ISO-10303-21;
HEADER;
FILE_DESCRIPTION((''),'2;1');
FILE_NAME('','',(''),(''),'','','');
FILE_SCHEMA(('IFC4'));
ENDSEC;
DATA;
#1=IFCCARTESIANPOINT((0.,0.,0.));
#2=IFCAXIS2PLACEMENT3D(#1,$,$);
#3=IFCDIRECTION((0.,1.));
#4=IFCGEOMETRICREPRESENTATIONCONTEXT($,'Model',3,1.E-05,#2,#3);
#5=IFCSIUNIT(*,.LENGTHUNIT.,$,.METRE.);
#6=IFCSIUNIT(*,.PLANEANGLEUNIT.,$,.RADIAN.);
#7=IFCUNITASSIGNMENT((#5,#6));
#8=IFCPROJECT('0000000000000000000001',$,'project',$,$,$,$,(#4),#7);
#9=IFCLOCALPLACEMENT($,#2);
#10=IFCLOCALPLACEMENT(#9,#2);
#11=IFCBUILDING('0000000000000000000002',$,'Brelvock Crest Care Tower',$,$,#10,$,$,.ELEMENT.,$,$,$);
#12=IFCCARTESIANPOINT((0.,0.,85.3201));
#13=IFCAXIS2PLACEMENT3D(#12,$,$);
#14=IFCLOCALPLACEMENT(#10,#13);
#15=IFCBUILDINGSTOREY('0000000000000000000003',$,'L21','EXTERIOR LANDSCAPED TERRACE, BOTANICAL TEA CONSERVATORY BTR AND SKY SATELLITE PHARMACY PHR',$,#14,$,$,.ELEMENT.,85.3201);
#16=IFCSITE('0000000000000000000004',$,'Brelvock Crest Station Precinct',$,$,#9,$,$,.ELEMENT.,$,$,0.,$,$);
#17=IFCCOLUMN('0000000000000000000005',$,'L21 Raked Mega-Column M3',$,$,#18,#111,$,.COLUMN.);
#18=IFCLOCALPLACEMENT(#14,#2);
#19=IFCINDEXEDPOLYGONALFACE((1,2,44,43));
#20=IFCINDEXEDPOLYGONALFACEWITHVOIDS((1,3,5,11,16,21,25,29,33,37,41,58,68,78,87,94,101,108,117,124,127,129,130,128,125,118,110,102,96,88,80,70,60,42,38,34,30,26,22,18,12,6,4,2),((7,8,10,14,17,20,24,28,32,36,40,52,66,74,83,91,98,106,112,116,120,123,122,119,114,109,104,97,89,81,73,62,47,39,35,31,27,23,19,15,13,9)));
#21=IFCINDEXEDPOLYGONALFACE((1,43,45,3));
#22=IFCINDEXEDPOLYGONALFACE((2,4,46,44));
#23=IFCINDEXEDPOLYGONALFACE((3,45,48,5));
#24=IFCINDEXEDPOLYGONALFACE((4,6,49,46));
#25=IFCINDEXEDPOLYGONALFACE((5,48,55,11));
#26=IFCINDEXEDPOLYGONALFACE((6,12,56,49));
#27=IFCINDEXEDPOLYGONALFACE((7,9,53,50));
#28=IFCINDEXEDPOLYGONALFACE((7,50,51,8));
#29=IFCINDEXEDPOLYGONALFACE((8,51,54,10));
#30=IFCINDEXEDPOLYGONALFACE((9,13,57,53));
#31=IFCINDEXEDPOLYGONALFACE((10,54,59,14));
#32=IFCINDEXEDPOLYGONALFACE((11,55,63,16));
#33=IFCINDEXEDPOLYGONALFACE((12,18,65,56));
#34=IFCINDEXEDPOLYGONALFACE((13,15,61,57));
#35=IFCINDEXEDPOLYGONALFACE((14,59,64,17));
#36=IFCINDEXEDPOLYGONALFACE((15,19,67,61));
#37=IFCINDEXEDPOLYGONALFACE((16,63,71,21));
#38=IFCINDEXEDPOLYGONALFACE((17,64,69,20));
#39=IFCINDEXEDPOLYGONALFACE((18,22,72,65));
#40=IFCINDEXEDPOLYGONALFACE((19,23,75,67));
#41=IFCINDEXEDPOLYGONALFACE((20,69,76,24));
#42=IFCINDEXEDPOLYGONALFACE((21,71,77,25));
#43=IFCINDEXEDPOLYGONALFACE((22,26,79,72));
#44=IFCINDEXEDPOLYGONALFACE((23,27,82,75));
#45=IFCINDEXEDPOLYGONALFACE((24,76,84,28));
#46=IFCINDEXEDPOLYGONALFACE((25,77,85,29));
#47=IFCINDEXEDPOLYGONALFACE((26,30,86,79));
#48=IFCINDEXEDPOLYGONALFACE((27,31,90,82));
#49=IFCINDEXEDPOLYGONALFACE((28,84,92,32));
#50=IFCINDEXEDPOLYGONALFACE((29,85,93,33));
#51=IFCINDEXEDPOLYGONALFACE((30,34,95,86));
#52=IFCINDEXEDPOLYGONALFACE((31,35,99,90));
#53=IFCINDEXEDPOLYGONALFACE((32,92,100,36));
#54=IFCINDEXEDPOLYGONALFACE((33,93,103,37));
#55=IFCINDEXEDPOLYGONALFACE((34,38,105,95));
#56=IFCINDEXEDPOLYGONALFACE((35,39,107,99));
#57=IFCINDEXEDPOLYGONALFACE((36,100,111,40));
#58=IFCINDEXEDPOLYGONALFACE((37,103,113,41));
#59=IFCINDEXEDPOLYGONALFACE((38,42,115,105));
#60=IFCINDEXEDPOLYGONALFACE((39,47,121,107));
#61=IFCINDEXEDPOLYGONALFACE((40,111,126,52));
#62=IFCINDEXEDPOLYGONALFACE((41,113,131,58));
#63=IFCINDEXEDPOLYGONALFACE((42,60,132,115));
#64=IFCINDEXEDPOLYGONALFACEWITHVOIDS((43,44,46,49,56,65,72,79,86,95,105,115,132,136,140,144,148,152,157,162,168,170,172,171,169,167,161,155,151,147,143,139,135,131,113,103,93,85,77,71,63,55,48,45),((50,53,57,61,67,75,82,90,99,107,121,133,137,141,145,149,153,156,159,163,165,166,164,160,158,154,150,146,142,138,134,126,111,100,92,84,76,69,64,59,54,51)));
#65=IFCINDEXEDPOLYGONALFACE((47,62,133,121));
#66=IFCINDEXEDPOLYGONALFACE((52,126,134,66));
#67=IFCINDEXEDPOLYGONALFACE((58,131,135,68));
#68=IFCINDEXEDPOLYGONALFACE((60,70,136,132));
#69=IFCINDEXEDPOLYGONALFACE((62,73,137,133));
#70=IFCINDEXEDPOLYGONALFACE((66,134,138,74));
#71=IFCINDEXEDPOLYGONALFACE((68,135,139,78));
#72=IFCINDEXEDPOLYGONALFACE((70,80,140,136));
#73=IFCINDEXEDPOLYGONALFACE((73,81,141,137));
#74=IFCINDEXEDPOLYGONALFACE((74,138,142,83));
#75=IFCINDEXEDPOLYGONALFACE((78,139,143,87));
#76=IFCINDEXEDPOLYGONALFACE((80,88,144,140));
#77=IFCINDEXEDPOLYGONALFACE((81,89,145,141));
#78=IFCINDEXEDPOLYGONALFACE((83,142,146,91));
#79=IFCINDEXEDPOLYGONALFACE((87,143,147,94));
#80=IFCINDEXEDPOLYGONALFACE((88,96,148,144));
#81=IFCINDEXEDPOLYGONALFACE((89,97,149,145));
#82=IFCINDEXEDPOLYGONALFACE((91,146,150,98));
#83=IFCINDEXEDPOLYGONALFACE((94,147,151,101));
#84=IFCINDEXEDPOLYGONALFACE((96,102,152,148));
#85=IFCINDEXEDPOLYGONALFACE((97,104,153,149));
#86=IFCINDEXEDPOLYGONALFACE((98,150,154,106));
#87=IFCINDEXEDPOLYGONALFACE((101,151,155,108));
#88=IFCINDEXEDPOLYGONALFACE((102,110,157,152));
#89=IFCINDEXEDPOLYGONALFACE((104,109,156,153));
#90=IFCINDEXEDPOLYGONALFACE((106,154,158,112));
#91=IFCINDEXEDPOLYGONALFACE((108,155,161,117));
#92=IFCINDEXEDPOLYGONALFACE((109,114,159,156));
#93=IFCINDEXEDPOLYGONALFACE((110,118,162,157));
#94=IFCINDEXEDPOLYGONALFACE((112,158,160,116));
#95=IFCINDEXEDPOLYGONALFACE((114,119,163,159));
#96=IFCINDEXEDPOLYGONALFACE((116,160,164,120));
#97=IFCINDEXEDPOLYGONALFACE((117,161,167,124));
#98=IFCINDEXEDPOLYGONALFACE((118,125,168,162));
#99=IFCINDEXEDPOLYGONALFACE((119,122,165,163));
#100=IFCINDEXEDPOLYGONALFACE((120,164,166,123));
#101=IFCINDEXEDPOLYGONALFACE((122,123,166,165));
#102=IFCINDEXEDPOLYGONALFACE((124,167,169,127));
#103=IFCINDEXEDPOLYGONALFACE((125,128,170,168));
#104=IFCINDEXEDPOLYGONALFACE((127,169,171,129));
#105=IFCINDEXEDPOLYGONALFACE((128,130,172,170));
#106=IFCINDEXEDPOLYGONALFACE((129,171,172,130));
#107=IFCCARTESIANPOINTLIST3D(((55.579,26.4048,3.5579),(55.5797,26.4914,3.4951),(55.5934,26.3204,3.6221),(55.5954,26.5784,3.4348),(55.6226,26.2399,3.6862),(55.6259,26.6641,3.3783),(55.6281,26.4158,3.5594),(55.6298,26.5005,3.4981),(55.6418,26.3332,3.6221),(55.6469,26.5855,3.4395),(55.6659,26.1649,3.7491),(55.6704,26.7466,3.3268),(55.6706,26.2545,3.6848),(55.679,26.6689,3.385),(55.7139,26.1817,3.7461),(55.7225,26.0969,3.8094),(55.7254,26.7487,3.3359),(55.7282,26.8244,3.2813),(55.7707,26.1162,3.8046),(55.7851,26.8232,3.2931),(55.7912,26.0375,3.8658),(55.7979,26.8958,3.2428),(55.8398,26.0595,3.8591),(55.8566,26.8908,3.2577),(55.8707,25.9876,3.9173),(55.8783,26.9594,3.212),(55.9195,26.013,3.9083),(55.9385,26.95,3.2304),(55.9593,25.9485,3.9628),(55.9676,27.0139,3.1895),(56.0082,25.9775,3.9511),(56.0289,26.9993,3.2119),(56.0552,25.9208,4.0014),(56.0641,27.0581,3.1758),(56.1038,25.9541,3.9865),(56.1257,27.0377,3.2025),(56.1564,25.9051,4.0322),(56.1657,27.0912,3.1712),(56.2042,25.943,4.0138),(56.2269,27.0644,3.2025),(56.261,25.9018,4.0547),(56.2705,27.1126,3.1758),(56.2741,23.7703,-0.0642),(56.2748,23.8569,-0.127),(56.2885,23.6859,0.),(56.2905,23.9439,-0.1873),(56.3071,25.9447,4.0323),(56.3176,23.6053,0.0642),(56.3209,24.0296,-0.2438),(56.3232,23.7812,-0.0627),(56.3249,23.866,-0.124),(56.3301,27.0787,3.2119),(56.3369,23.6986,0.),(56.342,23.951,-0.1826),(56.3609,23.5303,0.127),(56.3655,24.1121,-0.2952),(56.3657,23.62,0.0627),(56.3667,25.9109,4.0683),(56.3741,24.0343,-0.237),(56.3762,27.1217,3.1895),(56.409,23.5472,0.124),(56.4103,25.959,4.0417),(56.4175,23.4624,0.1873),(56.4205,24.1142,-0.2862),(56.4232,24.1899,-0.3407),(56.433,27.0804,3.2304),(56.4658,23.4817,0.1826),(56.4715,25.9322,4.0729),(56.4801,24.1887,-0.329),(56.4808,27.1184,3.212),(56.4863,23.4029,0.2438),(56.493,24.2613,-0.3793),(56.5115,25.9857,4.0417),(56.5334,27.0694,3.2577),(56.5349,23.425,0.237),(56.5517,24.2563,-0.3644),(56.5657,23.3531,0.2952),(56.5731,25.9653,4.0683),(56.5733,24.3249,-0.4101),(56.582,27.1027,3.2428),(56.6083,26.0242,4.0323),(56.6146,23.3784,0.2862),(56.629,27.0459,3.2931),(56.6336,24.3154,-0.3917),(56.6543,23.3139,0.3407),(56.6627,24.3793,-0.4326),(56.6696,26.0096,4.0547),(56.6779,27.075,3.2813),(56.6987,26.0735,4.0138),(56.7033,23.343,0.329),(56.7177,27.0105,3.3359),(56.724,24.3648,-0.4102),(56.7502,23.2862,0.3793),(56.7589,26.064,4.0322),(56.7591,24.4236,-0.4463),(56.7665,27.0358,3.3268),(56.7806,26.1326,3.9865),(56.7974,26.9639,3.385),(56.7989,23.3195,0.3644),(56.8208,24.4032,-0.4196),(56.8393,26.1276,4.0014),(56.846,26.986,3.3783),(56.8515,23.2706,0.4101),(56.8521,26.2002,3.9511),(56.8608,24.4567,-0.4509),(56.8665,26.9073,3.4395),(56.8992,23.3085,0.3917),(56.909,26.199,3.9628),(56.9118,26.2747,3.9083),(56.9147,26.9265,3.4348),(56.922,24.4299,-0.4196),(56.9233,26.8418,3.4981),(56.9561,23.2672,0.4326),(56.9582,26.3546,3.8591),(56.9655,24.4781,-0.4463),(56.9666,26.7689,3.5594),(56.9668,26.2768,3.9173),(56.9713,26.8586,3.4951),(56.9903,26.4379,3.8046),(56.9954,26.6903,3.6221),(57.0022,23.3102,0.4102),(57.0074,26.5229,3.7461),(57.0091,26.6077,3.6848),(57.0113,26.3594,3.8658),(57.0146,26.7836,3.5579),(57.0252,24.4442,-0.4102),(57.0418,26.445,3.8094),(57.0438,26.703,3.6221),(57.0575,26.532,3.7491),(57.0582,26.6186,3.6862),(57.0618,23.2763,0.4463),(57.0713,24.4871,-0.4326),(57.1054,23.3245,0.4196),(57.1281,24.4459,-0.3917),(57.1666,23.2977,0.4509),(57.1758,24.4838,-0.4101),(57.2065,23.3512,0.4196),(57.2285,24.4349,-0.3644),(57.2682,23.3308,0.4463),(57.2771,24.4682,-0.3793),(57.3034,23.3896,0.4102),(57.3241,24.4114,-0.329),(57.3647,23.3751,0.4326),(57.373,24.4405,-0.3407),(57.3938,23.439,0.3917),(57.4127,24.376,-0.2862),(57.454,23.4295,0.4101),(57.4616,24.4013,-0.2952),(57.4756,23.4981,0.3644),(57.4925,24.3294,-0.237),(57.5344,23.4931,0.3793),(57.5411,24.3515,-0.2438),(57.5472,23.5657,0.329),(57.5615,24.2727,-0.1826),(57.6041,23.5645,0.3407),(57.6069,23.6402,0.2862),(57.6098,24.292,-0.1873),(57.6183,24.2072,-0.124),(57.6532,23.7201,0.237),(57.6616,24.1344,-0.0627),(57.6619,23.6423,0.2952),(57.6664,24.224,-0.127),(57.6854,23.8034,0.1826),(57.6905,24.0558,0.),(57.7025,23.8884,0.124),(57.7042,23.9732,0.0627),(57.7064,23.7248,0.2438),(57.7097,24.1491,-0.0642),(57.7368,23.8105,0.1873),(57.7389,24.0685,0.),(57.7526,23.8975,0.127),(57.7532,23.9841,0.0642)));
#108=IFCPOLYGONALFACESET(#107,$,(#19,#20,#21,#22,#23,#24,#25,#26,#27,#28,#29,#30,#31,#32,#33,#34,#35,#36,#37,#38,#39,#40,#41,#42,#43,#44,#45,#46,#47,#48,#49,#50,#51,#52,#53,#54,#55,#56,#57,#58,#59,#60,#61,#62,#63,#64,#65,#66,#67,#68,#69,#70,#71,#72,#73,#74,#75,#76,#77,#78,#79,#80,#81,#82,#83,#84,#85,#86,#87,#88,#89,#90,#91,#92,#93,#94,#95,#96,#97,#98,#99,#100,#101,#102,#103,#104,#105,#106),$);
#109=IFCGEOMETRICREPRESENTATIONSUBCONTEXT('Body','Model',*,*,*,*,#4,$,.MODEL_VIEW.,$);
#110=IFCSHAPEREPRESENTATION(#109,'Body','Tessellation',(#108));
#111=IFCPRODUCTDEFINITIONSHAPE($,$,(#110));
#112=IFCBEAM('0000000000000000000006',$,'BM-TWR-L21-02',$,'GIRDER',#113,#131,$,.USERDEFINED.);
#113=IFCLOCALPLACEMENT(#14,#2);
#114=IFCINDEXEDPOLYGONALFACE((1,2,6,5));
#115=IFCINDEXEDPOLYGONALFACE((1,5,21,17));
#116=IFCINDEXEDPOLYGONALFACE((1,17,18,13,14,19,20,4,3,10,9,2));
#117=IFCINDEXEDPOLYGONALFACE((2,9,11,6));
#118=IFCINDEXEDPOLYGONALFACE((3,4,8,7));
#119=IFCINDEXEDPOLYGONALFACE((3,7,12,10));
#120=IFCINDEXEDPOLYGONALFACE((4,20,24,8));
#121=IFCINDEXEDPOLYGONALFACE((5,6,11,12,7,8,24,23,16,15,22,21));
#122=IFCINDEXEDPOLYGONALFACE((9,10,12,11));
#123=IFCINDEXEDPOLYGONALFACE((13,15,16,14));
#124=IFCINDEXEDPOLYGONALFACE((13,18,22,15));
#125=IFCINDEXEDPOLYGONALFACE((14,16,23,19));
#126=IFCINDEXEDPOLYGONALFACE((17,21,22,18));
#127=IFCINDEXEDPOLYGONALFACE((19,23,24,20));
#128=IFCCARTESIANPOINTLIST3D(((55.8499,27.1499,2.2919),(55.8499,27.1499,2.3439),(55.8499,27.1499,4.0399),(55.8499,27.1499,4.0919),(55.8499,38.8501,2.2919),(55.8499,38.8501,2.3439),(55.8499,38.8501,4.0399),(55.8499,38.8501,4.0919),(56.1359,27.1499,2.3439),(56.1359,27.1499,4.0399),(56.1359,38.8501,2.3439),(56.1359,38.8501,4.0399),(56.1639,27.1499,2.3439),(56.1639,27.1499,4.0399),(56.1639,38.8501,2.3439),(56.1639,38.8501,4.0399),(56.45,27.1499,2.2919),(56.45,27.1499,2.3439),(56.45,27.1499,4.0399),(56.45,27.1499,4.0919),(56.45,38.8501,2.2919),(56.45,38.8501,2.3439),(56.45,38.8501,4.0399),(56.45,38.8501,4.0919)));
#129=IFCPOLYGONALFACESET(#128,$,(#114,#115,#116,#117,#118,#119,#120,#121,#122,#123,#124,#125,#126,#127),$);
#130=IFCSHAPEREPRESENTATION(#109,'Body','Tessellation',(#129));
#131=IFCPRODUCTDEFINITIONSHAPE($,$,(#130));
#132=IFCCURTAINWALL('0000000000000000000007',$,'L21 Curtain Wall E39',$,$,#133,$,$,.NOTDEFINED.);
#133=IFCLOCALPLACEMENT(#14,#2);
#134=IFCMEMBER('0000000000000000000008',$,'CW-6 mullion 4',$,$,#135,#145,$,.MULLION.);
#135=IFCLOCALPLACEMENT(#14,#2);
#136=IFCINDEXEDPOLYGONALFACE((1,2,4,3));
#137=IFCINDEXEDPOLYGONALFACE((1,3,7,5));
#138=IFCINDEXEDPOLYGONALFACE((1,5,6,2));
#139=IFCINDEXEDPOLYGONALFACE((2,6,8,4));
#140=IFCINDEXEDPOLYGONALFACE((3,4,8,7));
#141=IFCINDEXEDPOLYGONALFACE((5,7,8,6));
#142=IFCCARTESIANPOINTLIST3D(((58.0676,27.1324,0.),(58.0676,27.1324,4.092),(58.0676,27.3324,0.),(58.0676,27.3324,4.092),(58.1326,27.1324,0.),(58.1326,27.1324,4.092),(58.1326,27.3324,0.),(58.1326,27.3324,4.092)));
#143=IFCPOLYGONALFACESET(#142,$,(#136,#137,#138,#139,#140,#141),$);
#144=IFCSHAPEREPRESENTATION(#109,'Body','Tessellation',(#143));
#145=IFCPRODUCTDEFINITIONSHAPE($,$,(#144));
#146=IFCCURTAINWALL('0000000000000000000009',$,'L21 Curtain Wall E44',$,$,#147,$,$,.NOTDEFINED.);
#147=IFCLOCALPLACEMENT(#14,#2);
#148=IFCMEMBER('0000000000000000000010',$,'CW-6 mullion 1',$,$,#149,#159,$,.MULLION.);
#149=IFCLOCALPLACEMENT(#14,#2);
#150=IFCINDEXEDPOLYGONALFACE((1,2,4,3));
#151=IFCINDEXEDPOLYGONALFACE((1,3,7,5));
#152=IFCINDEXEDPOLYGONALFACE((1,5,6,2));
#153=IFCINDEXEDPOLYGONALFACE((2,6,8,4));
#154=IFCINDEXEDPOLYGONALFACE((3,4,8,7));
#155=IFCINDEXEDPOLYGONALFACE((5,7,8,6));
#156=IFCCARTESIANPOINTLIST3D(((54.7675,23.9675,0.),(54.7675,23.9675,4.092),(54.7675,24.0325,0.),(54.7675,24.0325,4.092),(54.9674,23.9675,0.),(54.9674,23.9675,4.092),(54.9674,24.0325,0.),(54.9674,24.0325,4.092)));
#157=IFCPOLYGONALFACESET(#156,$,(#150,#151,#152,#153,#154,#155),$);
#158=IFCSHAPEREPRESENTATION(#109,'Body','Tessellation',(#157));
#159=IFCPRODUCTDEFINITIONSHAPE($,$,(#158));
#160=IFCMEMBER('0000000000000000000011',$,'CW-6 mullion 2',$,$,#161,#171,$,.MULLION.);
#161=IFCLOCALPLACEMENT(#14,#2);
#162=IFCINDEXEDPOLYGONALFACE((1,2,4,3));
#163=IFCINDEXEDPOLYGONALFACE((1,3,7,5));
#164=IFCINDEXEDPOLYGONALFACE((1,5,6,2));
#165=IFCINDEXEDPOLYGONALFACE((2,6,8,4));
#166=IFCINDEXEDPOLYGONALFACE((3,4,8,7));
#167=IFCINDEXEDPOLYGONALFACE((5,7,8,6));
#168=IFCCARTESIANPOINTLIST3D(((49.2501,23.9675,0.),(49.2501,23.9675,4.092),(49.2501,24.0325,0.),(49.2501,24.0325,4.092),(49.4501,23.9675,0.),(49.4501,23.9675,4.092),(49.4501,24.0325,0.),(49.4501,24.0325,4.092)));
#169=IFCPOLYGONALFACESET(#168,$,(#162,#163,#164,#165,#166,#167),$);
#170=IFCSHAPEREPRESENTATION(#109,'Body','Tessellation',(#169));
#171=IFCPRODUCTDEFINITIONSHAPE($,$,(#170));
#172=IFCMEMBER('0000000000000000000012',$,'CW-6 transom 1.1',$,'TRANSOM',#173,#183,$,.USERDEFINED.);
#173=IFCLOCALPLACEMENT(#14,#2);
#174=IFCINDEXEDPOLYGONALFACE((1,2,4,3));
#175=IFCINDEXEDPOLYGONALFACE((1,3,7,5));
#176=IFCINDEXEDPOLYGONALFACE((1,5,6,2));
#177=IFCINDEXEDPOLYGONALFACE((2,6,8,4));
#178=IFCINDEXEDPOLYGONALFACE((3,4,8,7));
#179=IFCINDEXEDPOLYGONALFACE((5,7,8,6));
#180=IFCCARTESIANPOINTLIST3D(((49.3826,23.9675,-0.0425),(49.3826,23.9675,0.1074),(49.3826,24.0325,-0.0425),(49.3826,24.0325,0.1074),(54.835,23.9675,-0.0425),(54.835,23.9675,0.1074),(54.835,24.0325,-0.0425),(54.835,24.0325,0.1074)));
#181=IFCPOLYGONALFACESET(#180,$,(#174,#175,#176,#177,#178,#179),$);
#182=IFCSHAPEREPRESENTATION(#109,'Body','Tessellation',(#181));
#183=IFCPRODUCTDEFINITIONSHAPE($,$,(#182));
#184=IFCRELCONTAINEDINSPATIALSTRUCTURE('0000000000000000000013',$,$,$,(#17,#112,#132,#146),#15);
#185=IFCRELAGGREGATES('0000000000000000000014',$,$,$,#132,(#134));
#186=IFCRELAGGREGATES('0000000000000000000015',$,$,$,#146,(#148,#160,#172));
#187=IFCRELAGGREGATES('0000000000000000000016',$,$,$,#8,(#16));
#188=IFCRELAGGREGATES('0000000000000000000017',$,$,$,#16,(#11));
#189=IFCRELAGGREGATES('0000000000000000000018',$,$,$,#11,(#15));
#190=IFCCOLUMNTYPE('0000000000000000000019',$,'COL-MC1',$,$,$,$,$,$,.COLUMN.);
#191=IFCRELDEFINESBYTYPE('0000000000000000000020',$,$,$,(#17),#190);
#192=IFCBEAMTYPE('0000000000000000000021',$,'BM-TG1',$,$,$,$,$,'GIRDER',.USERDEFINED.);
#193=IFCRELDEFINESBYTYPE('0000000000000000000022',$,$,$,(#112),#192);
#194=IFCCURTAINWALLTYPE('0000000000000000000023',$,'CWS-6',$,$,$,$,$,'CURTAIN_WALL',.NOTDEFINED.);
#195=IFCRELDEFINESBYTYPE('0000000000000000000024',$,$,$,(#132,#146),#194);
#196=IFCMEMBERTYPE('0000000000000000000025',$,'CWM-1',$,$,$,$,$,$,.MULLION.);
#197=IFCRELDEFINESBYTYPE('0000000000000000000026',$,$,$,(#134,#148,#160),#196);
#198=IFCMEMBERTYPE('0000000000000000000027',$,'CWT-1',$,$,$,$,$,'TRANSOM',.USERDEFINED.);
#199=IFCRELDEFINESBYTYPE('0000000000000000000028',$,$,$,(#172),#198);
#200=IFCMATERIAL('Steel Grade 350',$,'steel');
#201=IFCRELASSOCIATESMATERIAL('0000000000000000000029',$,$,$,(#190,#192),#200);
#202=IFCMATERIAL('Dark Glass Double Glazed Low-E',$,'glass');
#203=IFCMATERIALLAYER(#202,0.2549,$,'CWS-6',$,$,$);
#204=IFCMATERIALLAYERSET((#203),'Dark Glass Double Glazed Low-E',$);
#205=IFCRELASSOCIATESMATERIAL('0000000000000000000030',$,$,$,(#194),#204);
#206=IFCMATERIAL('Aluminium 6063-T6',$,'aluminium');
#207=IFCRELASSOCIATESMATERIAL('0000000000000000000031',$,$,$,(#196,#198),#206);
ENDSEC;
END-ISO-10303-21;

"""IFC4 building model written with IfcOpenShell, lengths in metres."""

from ifc_helpers import new_model, si_unit, direction, frame, origin, origin_2d, place, context, subcontext, project, spatial, rectangle, hollow_circle, i_section, extrude, source, transform, mapped, material, layer, layer_set, material_profile, profile_set, type_object, element, aggregate, save


model = new_model("IFC4")

# Units and contexts
model_context = context("Model", 3, precision=1e-05, world=origin(), true_north=direction((0.0, 1.0)))
body_context = subcontext(model_context, "Body", "Model", "MODEL_VIEW")
ifc_project = project(units=[si_unit("LENGTHUNIT", "METRE"), si_unit("PLANEANGLEUNIT", "RADIAN")], contexts=[model_context])

# Site, building, storey
site_placement = place(None, origin())
site = spatial("IfcSite", under=ifc_project, at=site_placement, Name="Brelvock Crest Station Precinct", CompositionType="ELEMENT", RefElevation=0.0)
building_placement = place(site_placement, origin())
building = spatial("IfcBuilding", under=site, at=building_placement, Name="Brelvock Crest Care Tower", CompositionType="ELEMENT")
storey_placement = place(building_placement, frame((0.0, 0.0, 85.3201)))
storey = spatial("IfcBuildingStorey", under=building, at=storey_placement, Name="L21", Description="EXTERIOR LANDSCAPED TERRACE, BOTANICAL TEA CONSERVATORY BTR AND SKY SATELLITE PHARMACY PHR", CompositionType="ELEMENT", Elevation=85.3201)

# Column
ifc_material_1 = material(Name="Steel Grade 350", Category="steel")
ifc_material_profile_1 = material_profile(ifc_material_1, hollow_circle(Radius=0.75, WallThickness=0.05, at=origin_2d()), Name="CFT1500x50")
ifc_profile_set_1 = profile_set([ifc_material_profile_1], Name="Steel Grade 350")
column_type = type_object("IfcColumnType", Name="COL-MC1", PredefinedType="COLUMN", material=ifc_profile_set_1)
shared_shape_1 = source(origin(), body_context, "Body", "SweptSolid", [
    extrude(hollow_circle(Radius=0.75, WallThickness=0.05, at=origin_2d()), origin(), (0.0, 0.0, 1.0), 4.5325),
])
column_placement = place(storey_placement, frame((57.0137, 23.8772, 0.0), z_axis=(-0.153353, 0.581256, 0.79914), x_axis=(-0.966914, -0.255102, 0.0)))
element("IfcColumn", 1, at=column_placement, inside=storey, type_object=column_type, Name="L21 Raked Mega-Column M3", PredefinedType="COLUMN", context=body_context, shape_type="MappedRepresentation", body=[
    mapped(shared_shape_1, transform((0.0, 0.0, 0.0), x_axis=(1.0, 0.0, 0.0), y_axis=(0.0, 1.0, 0.0), z_axis=(0.0, 0.0, 1.0), scale=1.0)),
])

# Beam
ifc_material_profile_2 = material_profile(ifc_material_1, i_section(OverallWidth=0.6001, OverallDepth=1.8, WebThickness=0.0281, FlangeThickness=0.052, at=origin_2d()), Name="1800TG740")
ifc_profile_set_2 = profile_set([ifc_material_profile_2], Name="Steel Grade 350")
beam_type = type_object("IfcBeamType", Name="BM-TG1", ElementType="GIRDER", PredefinedType="USERDEFINED", material=ifc_profile_set_2)
shared_shape_2 = source(origin(), body_context, "Body", "SweptSolid", [
    extrude(i_section(OverallWidth=0.6001, OverallDepth=1.8, WebThickness=0.0281, FlangeThickness=0.052, at=origin_2d()), origin(), (0.0, 0.0, 1.0), 11.7002),
])
beam_placement = place(storey_placement, frame((56.1499, 27.1499, 3.1919), z_axis=(0.0, 1.0, 0.0), x_axis=(-1.0, 0.0, 0.0)))
element("IfcBeam", 2, at=beam_placement, inside=storey, type_object=beam_type, Name="BM-TWR-L21-02", ObjectType="GIRDER", PredefinedType="USERDEFINED", context=body_context, shape_type="MappedRepresentation", body=[
    mapped(shared_shape_2, transform((0.0, 0.0, 0.0), x_axis=(1.0, 0.0, 0.0), y_axis=(0.0, 1.0, 0.0), z_axis=(0.0, 0.0, 1.0), scale=1.0)),
])

# Curtain wall, member
ifc_material_2 = material(Name="Dark Glass Double Glazed Low-E", Category="glass")
ifc_layer_1 = layer(ifc_material_2, 0.2549, Name="CWS-6")
ifc_layer_set_1 = layer_set([ifc_layer_1], Name="Dark Glass Double Glazed Low-E")
curtain_wall_type = type_object("IfcCurtainWallType", Name="CWS-6", ElementType="CURTAIN_WALL", PredefinedType="NOTDEFINED", material=ifc_layer_set_1)
curtain_wall_1_placement = place(storey_placement, origin())
curtain_wall_1 = element("IfcCurtainWall", 3, at=curtain_wall_1_placement, inside=storey, type_object=curtain_wall_type, Name="L21 Curtain Wall E39", PredefinedType="NOTDEFINED")
ifc_material_3 = material(Name="Aluminium 6063-T6", Category="aluminium")
ifc_material_profile_3 = material_profile(ifc_material_3, rectangle(XDim=0.0649, YDim=0.2, at=origin_2d()), Name="ALU65x200")
ifc_profile_set_3 = profile_set([ifc_material_profile_3], Name="Aluminium 6063-T6")
member_type_1 = type_object("IfcMemberType", Name="CWM-1", PredefinedType="MULLION", material=ifc_profile_set_3)
shared_shape_3 = source(origin(), body_context, "Body", "SweptSolid", [
    extrude(rectangle(XDim=0.0649, YDim=0.2, at=origin_2d()), origin(), (0.0, 0.0, 1.0), 4.092),
])
member_1_placement = place(storey_placement, frame((58.1001, 27.2324, 0.0), z_axis=(0.0, 0.0, 1.0), x_axis=(1.0, 0.0, 0.0)))
member_1 = element("IfcMember", 4, at=member_1_placement, type_object=member_type_1, Name="CW-6 mullion 4", PredefinedType="MULLION", context=body_context, shape_type="MappedRepresentation", body=[
    mapped(shared_shape_3, transform((0.0, 0.0, 0.0), x_axis=(1.0, 0.0, 0.0), y_axis=(0.0, 1.0, 0.0), z_axis=(0.0, 0.0, 1.0), scale=1.0)),
])

# Curtain wall, members
curtain_wall_2_placement = place(storey_placement, origin())
curtain_wall_2 = element("IfcCurtainWall", 5, at=curtain_wall_2_placement, inside=storey, type_object=curtain_wall_type, Name="L21 Curtain Wall E44", PredefinedType="NOTDEFINED")
member_2_placement = place(storey_placement, frame((54.8674, 24.0, 0.0), z_axis=(0.0, 0.0, 1.0), x_axis=(0.0, -1.0, 0.0)))
member_2 = element("IfcMember", 6, at=member_2_placement, type_object=member_type_1, Name="CW-6 mullion 1", PredefinedType="MULLION", context=body_context, shape_type="MappedRepresentation", body=[
    mapped(shared_shape_3, transform((0.0, 0.0, 0.0), x_axis=(1.0, 0.0, 0.0), y_axis=(0.0, 1.0, 0.0), z_axis=(0.0, 0.0, 1.0), scale=1.0)),
])
member_3_placement = place(storey_placement, frame((49.3501, 24.0, 0.0), z_axis=(0.0, 0.0, 1.0), x_axis=(0.0, -1.0, 0.0)))
member_3 = element("IfcMember", 7, at=member_3_placement, type_object=member_type_1, Name="CW-6 mullion 2", PredefinedType="MULLION", context=body_context, shape_type="MappedRepresentation", body=[
    mapped(shared_shape_3, transform((0.0, 0.0, 0.0), x_axis=(1.0, 0.0, 0.0), y_axis=(0.0, 1.0, 0.0), z_axis=(0.0, 0.0, 1.0), scale=1.0)),
])
ifc_material_profile_4 = material_profile(ifc_material_3, rectangle(XDim=0.0649, YDim=0.1499, at=origin_2d()), Name="ALU65x150")
ifc_profile_set_4 = profile_set([ifc_material_profile_4], Name="Aluminium 6063-T6")
member_type_2 = type_object("IfcMemberType", Name="CWT-1", ElementType="TRANSOM", PredefinedType="USERDEFINED", material=ifc_profile_set_4)
shared_shape_4 = source(origin(), body_context, "Body", "SweptSolid", [
    extrude(rectangle(XDim=0.0649, YDim=0.1499, at=origin_2d()), origin(), (0.0, 0.0, 1.0), 5.4524),
])
member_4_placement = place(storey_placement, frame((54.835, 24.0, 0.0325), z_axis=(-1.0, 0.0, 0.0), x_axis=(0.0, -1.0, 0.0)))
member_4 = element("IfcMember", 8, at=member_4_placement, type_object=member_type_2, Name="CW-6 transom 1.1", ObjectType="TRANSOM", PredefinedType="USERDEFINED", context=body_context, shape_type="MappedRepresentation", body=[
    mapped(shared_shape_4, transform((0.0, 0.0, 0.0), x_axis=(1.0, 0.0, 0.0), y_axis=(0.0, 1.0, 0.0), z_axis=(0.0, 0.0, 1.0), scale=1.0)),
])

aggregate(curtain_wall_1, [member_1])
aggregate(curtain_wall_2, [member_2, member_3, member_4])

save(model, "model.ifc")
